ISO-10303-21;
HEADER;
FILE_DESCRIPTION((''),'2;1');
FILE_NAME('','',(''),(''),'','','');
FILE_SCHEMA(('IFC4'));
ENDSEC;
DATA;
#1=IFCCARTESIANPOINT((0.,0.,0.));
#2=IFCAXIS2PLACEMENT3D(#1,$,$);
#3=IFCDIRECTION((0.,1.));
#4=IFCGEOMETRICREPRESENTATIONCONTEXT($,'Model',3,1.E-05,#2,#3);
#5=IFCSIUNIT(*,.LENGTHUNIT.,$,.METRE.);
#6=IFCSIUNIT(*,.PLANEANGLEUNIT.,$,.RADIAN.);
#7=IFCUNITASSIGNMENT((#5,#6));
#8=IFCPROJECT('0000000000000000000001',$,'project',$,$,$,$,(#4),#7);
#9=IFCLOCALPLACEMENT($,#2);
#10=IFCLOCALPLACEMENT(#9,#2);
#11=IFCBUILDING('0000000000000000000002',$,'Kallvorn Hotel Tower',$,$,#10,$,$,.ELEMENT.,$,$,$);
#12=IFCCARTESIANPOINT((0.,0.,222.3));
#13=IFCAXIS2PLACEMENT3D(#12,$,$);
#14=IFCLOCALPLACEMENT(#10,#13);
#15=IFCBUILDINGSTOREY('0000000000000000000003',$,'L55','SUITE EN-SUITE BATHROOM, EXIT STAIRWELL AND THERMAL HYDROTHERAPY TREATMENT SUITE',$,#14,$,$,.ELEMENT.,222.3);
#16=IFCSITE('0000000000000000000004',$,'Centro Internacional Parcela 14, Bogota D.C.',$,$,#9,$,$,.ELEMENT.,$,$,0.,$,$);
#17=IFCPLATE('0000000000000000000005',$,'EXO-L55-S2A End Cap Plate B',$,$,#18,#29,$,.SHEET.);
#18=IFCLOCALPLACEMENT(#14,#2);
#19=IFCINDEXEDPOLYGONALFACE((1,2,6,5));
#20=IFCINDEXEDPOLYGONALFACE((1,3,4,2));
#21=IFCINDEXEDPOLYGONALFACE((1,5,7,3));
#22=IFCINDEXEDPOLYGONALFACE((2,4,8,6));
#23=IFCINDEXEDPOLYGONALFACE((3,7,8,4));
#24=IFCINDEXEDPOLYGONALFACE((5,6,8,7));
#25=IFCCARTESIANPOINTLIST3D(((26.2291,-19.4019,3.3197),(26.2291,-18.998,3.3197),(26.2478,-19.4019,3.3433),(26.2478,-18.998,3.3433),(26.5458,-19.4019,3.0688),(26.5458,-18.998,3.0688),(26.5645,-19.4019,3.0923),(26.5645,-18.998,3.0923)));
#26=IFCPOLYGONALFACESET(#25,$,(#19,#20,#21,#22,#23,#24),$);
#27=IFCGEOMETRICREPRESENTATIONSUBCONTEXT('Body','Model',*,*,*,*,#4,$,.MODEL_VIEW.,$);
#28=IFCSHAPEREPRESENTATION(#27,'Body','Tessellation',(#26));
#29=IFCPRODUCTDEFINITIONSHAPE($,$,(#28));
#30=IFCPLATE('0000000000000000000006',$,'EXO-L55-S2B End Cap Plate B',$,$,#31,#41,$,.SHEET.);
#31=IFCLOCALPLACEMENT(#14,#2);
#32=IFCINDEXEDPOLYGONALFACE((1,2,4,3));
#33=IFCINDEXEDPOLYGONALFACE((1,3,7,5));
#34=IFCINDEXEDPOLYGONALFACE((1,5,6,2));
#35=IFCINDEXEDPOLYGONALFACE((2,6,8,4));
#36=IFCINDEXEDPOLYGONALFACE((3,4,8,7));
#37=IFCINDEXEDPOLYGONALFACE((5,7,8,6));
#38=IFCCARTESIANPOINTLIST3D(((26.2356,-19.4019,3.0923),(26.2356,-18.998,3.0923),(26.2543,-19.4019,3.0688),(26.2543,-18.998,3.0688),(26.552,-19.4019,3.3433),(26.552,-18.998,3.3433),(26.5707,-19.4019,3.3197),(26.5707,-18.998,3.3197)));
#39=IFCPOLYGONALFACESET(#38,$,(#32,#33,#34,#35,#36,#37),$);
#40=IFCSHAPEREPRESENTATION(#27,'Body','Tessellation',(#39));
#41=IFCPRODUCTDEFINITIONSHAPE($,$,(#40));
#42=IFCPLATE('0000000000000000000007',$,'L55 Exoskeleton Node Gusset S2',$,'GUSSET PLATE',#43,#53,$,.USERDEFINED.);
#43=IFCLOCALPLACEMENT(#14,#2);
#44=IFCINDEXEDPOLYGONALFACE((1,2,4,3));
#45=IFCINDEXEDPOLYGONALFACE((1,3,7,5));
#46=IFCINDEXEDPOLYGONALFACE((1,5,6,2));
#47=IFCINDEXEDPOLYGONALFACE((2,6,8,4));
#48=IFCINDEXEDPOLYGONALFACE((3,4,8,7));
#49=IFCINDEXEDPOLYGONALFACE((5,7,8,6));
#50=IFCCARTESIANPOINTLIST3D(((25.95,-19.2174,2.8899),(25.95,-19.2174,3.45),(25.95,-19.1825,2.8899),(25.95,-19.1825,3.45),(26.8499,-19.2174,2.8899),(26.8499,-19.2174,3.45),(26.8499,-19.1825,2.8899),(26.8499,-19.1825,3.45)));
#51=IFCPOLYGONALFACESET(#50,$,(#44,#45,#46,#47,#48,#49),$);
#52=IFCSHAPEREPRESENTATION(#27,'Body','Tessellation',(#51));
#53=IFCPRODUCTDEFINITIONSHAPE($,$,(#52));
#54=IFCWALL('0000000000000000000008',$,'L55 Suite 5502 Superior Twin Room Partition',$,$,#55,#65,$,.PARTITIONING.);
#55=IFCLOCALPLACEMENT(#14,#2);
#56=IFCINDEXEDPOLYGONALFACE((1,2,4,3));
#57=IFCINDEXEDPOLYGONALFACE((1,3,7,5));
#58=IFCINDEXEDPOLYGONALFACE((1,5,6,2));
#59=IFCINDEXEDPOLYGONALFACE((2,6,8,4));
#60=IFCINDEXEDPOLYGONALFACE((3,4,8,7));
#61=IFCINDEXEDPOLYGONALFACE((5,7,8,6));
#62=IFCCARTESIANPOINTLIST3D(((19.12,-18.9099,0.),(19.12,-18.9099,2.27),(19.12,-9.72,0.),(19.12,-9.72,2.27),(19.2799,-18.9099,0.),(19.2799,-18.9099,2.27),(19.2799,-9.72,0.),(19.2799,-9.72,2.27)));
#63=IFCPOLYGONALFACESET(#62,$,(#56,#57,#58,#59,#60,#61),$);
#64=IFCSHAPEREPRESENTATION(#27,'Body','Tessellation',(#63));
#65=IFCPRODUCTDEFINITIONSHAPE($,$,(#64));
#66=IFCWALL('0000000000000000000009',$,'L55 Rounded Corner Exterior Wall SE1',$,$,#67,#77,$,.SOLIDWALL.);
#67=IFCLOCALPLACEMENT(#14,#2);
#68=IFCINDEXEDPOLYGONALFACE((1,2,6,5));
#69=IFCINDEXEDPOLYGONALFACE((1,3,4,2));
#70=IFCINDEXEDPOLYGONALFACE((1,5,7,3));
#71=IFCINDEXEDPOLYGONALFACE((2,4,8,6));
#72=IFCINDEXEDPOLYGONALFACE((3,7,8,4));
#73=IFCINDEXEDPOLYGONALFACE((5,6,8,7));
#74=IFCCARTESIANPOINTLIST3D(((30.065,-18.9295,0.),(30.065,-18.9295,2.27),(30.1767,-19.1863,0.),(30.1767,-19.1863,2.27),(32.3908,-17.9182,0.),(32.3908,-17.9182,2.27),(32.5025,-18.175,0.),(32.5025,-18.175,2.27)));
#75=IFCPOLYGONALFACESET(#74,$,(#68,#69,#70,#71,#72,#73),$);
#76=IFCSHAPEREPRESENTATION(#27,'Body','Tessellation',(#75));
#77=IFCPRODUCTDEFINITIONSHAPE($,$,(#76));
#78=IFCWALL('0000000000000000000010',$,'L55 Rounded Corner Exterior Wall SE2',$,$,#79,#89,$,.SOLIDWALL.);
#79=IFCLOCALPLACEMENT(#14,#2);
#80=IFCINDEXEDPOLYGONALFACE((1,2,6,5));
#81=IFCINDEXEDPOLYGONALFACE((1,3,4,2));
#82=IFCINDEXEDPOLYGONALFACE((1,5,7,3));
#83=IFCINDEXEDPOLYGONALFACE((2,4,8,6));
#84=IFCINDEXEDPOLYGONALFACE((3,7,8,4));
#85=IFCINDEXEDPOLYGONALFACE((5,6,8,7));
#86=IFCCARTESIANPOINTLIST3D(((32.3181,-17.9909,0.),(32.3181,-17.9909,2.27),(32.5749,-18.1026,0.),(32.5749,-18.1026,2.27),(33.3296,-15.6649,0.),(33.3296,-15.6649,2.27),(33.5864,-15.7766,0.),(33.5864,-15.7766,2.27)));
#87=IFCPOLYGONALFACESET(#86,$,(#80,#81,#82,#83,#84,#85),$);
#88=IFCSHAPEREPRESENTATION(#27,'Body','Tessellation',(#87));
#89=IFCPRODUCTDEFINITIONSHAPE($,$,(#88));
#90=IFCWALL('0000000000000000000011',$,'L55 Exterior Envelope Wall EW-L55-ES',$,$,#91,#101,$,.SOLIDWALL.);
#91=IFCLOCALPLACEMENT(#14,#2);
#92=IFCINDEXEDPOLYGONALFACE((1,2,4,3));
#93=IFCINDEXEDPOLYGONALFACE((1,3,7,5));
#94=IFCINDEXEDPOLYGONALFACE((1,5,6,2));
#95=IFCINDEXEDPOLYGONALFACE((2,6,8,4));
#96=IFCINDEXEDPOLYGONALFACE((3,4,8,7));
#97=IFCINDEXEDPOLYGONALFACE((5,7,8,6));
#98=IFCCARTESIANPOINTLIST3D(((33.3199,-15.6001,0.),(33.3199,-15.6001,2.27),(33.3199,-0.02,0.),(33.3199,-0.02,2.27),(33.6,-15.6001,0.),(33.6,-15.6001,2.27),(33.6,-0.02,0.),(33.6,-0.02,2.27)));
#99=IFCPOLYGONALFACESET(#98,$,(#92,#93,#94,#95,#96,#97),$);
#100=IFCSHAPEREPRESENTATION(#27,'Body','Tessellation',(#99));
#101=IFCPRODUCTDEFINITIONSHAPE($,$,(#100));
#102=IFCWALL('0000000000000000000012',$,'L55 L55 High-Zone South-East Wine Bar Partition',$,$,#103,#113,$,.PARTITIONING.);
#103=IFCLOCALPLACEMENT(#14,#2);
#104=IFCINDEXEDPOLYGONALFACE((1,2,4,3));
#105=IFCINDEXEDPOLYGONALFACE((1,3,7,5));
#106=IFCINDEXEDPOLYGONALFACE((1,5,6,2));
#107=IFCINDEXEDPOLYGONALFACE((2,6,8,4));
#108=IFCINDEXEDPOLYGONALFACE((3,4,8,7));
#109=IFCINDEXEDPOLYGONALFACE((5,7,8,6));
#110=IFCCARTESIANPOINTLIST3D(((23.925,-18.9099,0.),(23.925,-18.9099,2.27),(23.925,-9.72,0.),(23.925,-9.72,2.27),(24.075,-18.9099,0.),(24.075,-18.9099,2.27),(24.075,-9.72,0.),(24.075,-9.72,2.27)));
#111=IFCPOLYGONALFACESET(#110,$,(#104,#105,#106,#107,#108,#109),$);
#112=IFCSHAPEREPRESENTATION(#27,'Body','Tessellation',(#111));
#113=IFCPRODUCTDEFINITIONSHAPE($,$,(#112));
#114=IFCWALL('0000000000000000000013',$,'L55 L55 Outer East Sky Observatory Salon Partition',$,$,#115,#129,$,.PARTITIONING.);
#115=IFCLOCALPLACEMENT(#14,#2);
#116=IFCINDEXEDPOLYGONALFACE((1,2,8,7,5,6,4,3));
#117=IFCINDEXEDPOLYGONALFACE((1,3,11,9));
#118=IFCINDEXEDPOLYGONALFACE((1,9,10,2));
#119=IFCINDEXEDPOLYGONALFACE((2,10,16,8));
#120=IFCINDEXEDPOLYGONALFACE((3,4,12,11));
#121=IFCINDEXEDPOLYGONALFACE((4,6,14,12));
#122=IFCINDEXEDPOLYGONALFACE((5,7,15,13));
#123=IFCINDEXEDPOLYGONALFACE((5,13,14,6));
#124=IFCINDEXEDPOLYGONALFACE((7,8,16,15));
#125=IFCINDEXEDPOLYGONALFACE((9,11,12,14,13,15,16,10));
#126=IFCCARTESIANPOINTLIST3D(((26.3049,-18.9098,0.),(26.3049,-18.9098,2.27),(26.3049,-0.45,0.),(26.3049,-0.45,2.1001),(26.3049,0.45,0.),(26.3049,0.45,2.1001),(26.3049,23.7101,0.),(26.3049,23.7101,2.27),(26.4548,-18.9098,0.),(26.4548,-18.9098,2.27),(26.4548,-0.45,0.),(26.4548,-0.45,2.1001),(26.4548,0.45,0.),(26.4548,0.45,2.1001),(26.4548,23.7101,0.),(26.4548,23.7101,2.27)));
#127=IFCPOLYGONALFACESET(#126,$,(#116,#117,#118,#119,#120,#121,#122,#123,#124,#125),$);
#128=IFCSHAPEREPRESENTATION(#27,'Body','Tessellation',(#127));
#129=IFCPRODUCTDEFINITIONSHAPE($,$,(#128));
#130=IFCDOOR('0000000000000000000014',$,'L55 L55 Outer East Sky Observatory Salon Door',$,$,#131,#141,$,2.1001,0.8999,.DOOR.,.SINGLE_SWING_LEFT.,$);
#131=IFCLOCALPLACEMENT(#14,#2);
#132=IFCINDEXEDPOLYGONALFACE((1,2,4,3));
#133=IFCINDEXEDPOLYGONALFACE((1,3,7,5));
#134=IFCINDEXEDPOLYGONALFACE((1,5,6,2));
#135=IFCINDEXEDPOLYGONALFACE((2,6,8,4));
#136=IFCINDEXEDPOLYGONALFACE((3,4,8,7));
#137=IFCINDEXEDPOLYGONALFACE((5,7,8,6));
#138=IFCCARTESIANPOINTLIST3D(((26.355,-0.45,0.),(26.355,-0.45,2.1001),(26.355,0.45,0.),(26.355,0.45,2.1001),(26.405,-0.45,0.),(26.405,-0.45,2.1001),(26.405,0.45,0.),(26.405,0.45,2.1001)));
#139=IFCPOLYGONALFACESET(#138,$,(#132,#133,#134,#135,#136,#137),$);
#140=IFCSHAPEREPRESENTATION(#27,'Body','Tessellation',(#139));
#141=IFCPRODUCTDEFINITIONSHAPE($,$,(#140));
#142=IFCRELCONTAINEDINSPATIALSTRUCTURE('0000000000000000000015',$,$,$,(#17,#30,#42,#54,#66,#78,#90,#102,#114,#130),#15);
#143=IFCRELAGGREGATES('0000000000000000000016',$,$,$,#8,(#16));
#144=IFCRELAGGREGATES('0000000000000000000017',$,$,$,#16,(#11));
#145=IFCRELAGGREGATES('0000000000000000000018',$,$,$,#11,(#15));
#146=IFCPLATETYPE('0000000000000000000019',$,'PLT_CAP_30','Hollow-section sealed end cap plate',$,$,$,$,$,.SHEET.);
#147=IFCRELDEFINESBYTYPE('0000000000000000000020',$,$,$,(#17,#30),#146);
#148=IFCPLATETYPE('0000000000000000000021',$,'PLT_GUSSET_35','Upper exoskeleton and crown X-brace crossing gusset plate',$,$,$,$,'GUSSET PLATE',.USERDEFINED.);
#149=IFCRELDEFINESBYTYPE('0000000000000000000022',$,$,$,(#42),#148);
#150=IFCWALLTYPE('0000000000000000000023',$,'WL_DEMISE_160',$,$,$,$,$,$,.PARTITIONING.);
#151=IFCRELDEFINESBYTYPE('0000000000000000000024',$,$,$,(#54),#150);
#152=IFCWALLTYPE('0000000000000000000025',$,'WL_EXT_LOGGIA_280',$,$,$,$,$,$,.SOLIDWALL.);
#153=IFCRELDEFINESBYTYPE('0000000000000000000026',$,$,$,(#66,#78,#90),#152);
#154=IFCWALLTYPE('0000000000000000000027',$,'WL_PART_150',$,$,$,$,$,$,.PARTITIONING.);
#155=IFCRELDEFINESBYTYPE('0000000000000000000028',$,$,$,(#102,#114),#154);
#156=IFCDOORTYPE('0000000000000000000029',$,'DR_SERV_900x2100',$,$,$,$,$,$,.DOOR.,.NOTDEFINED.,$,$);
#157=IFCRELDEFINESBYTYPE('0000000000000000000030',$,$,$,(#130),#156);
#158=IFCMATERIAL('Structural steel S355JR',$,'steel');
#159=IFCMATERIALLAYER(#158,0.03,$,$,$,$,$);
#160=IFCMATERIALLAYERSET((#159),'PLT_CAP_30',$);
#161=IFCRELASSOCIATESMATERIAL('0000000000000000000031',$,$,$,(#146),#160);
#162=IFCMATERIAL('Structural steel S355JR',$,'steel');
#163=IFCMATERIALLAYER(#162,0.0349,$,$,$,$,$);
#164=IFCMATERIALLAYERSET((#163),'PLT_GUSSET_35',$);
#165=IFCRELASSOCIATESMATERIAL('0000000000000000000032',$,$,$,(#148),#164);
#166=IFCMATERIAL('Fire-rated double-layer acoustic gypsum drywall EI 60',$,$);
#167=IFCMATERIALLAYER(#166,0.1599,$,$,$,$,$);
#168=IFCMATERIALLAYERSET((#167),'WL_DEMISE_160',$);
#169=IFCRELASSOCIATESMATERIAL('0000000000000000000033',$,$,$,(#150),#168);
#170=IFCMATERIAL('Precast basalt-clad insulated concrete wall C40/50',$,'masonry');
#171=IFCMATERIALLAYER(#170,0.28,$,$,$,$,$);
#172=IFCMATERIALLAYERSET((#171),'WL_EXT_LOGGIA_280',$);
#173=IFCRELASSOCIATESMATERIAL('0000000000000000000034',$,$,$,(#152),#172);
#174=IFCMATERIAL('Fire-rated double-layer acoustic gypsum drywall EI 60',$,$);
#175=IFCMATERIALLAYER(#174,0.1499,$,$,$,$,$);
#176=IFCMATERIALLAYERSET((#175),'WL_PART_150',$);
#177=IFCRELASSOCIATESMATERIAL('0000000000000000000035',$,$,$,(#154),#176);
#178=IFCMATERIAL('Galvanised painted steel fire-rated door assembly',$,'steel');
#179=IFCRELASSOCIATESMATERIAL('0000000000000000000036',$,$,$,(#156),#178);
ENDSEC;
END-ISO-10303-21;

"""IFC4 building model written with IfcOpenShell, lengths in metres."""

from ifc_helpers import new_model, si_unit, direction, frame, frame_2d, origin, origin_2d, place, context, subcontext, project, spatial, polyline, rectangle, outline, extrude, material, layer, layer_set, type_object, element, fill, save


model = new_model("IFC4")

# Units and contexts
model_context = context("Model", 3, precision=1e-05, world=origin(), true_north=direction((0.0, 1.0)))
body_context = subcontext(model_context, "Body", "Model", "MODEL_VIEW")
ifc_project = project(units=[si_unit("LENGTHUNIT", "METRE"), si_unit("PLANEANGLEUNIT", "RADIAN")], contexts=[model_context])

# Site, building, storey
site_placement = place(None, origin())
site = spatial("IfcSite", under=ifc_project, at=site_placement, Name="Centro Internacional Parcela 14, Bogota D.C.", CompositionType="ELEMENT", RefElevation=0.0)
building_placement = place(site_placement, origin())
building = spatial("IfcBuilding", under=site, at=building_placement, Name="Kallvorn Hotel Tower", CompositionType="ELEMENT")
storey_placement = place(building_placement, frame((0.0, 0.0, 222.3)))
storey = spatial("IfcBuildingStorey", under=building, at=storey_placement, Name="L55", Description="SUITE EN-SUITE BATHROOM, EXIT STAIRWELL AND THERMAL HYDROTHERAPY TREATMENT SUITE", CompositionType="ELEMENT", Elevation=222.3)

# Plates
ifc_material_1 = material(Name="Structural steel S355JR", Category="steel")
ifc_layer_1 = layer(ifc_material_1, 0.03)
ifc_layer_set_1 = layer_set([ifc_layer_1], Name="PLT_CAP_30")
plate_type_1 = type_object("IfcPlateType", Name="PLT_CAP_30", Description="Hollow-section sealed end cap plate", PredefinedType="SHEET", material=ifc_layer_set_1)
plate_1_placement = place(storey_placement, frame((26.5645, -19.4019, 3.0923), z_axis=(0.621152, 0.0, 0.78369), x_axis=(0.0, 1.0, 0.0)))
element("IfcPlate", 1, at=plate_1_placement, inside=storey, type_object=plate_type_1, Name="EXO-L55-S2A End Cap Plate B", PredefinedType="SHEET", context=body_context, shape_type="SweptSolid", body=[
    extrude(outline(polyline([(0.0, 0.0), (0.4038, 0.0), (0.4038, 0.4041), (0.0, 0.4041), (0.0, 0.0)])), origin(), (0.0, 0.0, -1.0), 0.03),
])
plate_2_placement = place(storey_placement, frame((26.2356, -18.998, 3.0923), z_axis=(-0.621446, 0.0, 0.783457), x_axis=(0.0, -1.0, 0.0)))
element("IfcPlate", 2, at=plate_2_placement, inside=storey, type_object=plate_type_1, Name="EXO-L55-S2B End Cap Plate B", PredefinedType="SHEET", context=body_context, shape_type="SweptSolid", body=[
    extrude(outline(polyline([(0.0, 0.0), (0.4038, 0.0), (0.4038, 0.4039), (0.0, 0.4039), (0.0, 0.0)])), origin(), (0.0, 0.0, -1.0), 0.03),
])
ifc_material_2 = material(Name="Structural steel S355JR", Category="steel")
ifc_layer_2 = layer(ifc_material_2, 0.0349)
ifc_layer_set_2 = layer_set([ifc_layer_2], Name="PLT_GUSSET_35")
plate_type_2 = type_object("IfcPlateType", Name="PLT_GUSSET_35", Description="Upper exoskeleton and crown X-brace crossing gusset plate", ElementType="GUSSET PLATE", PredefinedType="USERDEFINED", material=ifc_layer_set_2)
plate_3_placement = place(storey_placement, frame((26.3999, -19.2, 2.8899), z_axis=(0.0, 0.0, 1.0), x_axis=(1.0, 0.0, 0.0)))
element("IfcPlate", 3, at=plate_3_placement, inside=storey, type_object=plate_type_2, Name="L55 Exoskeleton Node Gusset S2", ObjectType="GUSSET PLATE", PredefinedType="USERDEFINED", context=body_context, shape_type="SweptSolid", body=[
    extrude(rectangle(XDim=0.8999, YDim=0.0349, at=origin_2d()), origin(), (0.0, 0.0, 1.0), 0.5601),
])

# Walls
ifc_material_3 = material(Name="Fire-rated double-layer acoustic gypsum drywall EI 60")
ifc_layer_3 = layer(ifc_material_3, 0.1599)
ifc_layer_set_3 = layer_set([ifc_layer_3], Name="WL_DEMISE_160")
wall_type_1 = type_object("IfcWallType", Name="WL_DEMISE_160", PredefinedType="PARTITIONING", material=ifc_layer_set_3)
wall_1_placement = place(storey_placement, frame((19.2, -18.9099, 0.0), z_axis=(0.0, 0.0, 1.0), x_axis=(0.0, 1.0, 0.0)))
element("IfcWall", 4, at=wall_1_placement, inside=storey, type_object=wall_type_1, Name="L55 Suite 5502 Superior Twin Room Partition", PredefinedType="PARTITIONING", context=body_context, shape_type="SweptSolid", body=[
    extrude(rectangle(XDim=9.1899, YDim=0.1599, at=frame_2d((4.595, 0.0))), origin(), (0.0, 0.0, 1.0), 2.27),
])
ifc_material_4 = material(Name="Precast basalt-clad insulated concrete wall C40/50", Category="masonry")
ifc_layer_4 = layer(ifc_material_4, 0.28)
ifc_layer_set_4 = layer_set([ifc_layer_4], Name="WL_EXT_LOGGIA_280")
wall_type_2 = type_object("IfcWallType", Name="WL_EXT_LOGGIA_280", PredefinedType="SOLIDWALL", material=ifc_layer_set_4)
wall_2_placement = place(storey_placement, frame((30.1208, -19.0579, 0.0), z_axis=(0.0, 0.0, 1.0), x_axis=(0.917061, 0.398747, 0.0)))
element("IfcWall", 5, at=wall_2_placement, inside=storey, type_object=wall_type_2, Name="L55 Rounded Corner Exterior Wall SE1", PredefinedType="SOLIDWALL", context=body_context, shape_type="SweptSolid", body=[
    extrude(rectangle(XDim=2.5361, YDim=0.28, at=frame_2d((1.2681, 0.0))), origin(), (0.0, 0.0, 1.0), 2.27),
])
wall_3_placement = place(storey_placement, frame((32.4465, -18.0466, 0.0), z_axis=(0.0, 0.0, 1.0), x_axis=(0.398793, 0.917041, 0.0)))
element("IfcWall", 6, at=wall_3_placement, inside=storey, type_object=wall_type_2, Name="L55 Rounded Corner Exterior Wall SE2", PredefinedType="SOLIDWALL", context=body_context, shape_type="SweptSolid", body=[
    extrude(rectangle(XDim=2.5364, YDim=0.28, at=frame_2d((1.2681, 0.0))), origin(), (0.0, 0.0, 1.0), 2.27),
])
wall_4_placement = place(storey_placement, frame((33.46, -15.6001, 0.0), z_axis=(0.0, 0.0, 1.0), x_axis=(0.0, 1.0, 0.0)))
element("IfcWall", 7, at=wall_4_placement, inside=storey, type_object=wall_type_2, Name="L55 Exterior Envelope Wall EW-L55-ES", PredefinedType="SOLIDWALL", context=body_context, shape_type="SweptSolid", body=[
    extrude(rectangle(XDim=15.5801, YDim=0.28, at=frame_2d((7.79, 0.0))), origin(), (0.0, 0.0, 1.0), 2.27),
])
ifc_material_5 = material(Name="Fire-rated double-layer acoustic gypsum drywall EI 60")
ifc_layer_5 = layer(ifc_material_5, 0.1499)
ifc_layer_set_5 = layer_set([ifc_layer_5], Name="WL_PART_150")
wall_type_3 = type_object("IfcWallType", Name="WL_PART_150", PredefinedType="PARTITIONING", material=ifc_layer_set_5)
wall_5_placement = place(storey_placement, frame((24.0, -18.9099, 0.0), z_axis=(0.0, 0.0, 1.0), x_axis=(0.0, 1.0, 0.0)))
element("IfcWall", 8, at=wall_5_placement, inside=storey, type_object=wall_type_3, Name="L55 L55 High-Zone South-East Wine Bar Partition", PredefinedType="PARTITIONING", context=body_context, shape_type="SweptSolid", body=[
    extrude(rectangle(XDim=9.1899, YDim=0.1499, at=frame_2d((4.595, 0.0))), origin(), (0.0, 0.0, 1.0), 2.27),
])

# Wall, opening, door
wall_6_placement = place(storey_placement, frame((26.3799, -18.9099, 0.0), z_axis=(0.0, 0.0, 1.0), x_axis=(0.0, 1.0, 0.0)))
wall_6 = element("IfcWall", 9, at=wall_6_placement, inside=storey, type_object=wall_type_3, Name="L55 L55 Outer East Sky Observatory Salon Partition", PredefinedType="PARTITIONING", context=body_context, shape_type="SweptSolid", body=[
    extrude(rectangle(XDim=42.6199, YDim=0.1499, at=frame_2d((21.3101, 0.0))), origin(), (0.0, 0.0, 1.0), 2.27),
])
opening_placement = place(wall_6_placement, frame((18.46, 0.0, 0.0)))
opening = element("IfcOpeningElement", 10, at=opening_placement, cuts=wall_6, PredefinedType="OPENING", context=body_context, shape_type="SweptSolid", body=[
    extrude(rectangle(XDim=0.8999, YDim=2.1001, at=frame_2d((0.45, 1.05))), frame((0.0, 0.0898, 0.0), z_axis=(0.0, -1.0, 0.0), x_axis=(1.0, 0.0, 0.0)), (0.0, 0.0, 1.0), 0.1799),
])
ifc_material_6 = material(Name="Galvanised painted steel fire-rated door assembly", Category="steel")
door_type = type_object("IfcDoorType", Name="DR_SERV_900x2100", OperationType="NOTDEFINED", PredefinedType="DOOR", material=ifc_material_6)
door_placement = place(opening_placement, origin())
door = element("IfcDoor", 11, at=door_placement, inside=storey, type_object=door_type, Name="L55 L55 Outer East Sky Observatory Salon Door", OperationType="SINGLE_SWING_LEFT", OverallHeight=2.1001, OverallWidth=0.8999, PredefinedType="DOOR", context=body_context, shape_type="SweptSolid", body=[
    extrude(rectangle(XDim=0.8999, YDim=2.1001, at=frame_2d((0.45, 1.05))), frame((0.0, 0.0249, 0.0), z_axis=(0.0, -1.0, 0.0), x_axis=(1.0, 0.0, 0.0)), (0.0, 0.0, 1.0), 0.05),
])
fill(opening, door)

save(model, "model.ifc")
